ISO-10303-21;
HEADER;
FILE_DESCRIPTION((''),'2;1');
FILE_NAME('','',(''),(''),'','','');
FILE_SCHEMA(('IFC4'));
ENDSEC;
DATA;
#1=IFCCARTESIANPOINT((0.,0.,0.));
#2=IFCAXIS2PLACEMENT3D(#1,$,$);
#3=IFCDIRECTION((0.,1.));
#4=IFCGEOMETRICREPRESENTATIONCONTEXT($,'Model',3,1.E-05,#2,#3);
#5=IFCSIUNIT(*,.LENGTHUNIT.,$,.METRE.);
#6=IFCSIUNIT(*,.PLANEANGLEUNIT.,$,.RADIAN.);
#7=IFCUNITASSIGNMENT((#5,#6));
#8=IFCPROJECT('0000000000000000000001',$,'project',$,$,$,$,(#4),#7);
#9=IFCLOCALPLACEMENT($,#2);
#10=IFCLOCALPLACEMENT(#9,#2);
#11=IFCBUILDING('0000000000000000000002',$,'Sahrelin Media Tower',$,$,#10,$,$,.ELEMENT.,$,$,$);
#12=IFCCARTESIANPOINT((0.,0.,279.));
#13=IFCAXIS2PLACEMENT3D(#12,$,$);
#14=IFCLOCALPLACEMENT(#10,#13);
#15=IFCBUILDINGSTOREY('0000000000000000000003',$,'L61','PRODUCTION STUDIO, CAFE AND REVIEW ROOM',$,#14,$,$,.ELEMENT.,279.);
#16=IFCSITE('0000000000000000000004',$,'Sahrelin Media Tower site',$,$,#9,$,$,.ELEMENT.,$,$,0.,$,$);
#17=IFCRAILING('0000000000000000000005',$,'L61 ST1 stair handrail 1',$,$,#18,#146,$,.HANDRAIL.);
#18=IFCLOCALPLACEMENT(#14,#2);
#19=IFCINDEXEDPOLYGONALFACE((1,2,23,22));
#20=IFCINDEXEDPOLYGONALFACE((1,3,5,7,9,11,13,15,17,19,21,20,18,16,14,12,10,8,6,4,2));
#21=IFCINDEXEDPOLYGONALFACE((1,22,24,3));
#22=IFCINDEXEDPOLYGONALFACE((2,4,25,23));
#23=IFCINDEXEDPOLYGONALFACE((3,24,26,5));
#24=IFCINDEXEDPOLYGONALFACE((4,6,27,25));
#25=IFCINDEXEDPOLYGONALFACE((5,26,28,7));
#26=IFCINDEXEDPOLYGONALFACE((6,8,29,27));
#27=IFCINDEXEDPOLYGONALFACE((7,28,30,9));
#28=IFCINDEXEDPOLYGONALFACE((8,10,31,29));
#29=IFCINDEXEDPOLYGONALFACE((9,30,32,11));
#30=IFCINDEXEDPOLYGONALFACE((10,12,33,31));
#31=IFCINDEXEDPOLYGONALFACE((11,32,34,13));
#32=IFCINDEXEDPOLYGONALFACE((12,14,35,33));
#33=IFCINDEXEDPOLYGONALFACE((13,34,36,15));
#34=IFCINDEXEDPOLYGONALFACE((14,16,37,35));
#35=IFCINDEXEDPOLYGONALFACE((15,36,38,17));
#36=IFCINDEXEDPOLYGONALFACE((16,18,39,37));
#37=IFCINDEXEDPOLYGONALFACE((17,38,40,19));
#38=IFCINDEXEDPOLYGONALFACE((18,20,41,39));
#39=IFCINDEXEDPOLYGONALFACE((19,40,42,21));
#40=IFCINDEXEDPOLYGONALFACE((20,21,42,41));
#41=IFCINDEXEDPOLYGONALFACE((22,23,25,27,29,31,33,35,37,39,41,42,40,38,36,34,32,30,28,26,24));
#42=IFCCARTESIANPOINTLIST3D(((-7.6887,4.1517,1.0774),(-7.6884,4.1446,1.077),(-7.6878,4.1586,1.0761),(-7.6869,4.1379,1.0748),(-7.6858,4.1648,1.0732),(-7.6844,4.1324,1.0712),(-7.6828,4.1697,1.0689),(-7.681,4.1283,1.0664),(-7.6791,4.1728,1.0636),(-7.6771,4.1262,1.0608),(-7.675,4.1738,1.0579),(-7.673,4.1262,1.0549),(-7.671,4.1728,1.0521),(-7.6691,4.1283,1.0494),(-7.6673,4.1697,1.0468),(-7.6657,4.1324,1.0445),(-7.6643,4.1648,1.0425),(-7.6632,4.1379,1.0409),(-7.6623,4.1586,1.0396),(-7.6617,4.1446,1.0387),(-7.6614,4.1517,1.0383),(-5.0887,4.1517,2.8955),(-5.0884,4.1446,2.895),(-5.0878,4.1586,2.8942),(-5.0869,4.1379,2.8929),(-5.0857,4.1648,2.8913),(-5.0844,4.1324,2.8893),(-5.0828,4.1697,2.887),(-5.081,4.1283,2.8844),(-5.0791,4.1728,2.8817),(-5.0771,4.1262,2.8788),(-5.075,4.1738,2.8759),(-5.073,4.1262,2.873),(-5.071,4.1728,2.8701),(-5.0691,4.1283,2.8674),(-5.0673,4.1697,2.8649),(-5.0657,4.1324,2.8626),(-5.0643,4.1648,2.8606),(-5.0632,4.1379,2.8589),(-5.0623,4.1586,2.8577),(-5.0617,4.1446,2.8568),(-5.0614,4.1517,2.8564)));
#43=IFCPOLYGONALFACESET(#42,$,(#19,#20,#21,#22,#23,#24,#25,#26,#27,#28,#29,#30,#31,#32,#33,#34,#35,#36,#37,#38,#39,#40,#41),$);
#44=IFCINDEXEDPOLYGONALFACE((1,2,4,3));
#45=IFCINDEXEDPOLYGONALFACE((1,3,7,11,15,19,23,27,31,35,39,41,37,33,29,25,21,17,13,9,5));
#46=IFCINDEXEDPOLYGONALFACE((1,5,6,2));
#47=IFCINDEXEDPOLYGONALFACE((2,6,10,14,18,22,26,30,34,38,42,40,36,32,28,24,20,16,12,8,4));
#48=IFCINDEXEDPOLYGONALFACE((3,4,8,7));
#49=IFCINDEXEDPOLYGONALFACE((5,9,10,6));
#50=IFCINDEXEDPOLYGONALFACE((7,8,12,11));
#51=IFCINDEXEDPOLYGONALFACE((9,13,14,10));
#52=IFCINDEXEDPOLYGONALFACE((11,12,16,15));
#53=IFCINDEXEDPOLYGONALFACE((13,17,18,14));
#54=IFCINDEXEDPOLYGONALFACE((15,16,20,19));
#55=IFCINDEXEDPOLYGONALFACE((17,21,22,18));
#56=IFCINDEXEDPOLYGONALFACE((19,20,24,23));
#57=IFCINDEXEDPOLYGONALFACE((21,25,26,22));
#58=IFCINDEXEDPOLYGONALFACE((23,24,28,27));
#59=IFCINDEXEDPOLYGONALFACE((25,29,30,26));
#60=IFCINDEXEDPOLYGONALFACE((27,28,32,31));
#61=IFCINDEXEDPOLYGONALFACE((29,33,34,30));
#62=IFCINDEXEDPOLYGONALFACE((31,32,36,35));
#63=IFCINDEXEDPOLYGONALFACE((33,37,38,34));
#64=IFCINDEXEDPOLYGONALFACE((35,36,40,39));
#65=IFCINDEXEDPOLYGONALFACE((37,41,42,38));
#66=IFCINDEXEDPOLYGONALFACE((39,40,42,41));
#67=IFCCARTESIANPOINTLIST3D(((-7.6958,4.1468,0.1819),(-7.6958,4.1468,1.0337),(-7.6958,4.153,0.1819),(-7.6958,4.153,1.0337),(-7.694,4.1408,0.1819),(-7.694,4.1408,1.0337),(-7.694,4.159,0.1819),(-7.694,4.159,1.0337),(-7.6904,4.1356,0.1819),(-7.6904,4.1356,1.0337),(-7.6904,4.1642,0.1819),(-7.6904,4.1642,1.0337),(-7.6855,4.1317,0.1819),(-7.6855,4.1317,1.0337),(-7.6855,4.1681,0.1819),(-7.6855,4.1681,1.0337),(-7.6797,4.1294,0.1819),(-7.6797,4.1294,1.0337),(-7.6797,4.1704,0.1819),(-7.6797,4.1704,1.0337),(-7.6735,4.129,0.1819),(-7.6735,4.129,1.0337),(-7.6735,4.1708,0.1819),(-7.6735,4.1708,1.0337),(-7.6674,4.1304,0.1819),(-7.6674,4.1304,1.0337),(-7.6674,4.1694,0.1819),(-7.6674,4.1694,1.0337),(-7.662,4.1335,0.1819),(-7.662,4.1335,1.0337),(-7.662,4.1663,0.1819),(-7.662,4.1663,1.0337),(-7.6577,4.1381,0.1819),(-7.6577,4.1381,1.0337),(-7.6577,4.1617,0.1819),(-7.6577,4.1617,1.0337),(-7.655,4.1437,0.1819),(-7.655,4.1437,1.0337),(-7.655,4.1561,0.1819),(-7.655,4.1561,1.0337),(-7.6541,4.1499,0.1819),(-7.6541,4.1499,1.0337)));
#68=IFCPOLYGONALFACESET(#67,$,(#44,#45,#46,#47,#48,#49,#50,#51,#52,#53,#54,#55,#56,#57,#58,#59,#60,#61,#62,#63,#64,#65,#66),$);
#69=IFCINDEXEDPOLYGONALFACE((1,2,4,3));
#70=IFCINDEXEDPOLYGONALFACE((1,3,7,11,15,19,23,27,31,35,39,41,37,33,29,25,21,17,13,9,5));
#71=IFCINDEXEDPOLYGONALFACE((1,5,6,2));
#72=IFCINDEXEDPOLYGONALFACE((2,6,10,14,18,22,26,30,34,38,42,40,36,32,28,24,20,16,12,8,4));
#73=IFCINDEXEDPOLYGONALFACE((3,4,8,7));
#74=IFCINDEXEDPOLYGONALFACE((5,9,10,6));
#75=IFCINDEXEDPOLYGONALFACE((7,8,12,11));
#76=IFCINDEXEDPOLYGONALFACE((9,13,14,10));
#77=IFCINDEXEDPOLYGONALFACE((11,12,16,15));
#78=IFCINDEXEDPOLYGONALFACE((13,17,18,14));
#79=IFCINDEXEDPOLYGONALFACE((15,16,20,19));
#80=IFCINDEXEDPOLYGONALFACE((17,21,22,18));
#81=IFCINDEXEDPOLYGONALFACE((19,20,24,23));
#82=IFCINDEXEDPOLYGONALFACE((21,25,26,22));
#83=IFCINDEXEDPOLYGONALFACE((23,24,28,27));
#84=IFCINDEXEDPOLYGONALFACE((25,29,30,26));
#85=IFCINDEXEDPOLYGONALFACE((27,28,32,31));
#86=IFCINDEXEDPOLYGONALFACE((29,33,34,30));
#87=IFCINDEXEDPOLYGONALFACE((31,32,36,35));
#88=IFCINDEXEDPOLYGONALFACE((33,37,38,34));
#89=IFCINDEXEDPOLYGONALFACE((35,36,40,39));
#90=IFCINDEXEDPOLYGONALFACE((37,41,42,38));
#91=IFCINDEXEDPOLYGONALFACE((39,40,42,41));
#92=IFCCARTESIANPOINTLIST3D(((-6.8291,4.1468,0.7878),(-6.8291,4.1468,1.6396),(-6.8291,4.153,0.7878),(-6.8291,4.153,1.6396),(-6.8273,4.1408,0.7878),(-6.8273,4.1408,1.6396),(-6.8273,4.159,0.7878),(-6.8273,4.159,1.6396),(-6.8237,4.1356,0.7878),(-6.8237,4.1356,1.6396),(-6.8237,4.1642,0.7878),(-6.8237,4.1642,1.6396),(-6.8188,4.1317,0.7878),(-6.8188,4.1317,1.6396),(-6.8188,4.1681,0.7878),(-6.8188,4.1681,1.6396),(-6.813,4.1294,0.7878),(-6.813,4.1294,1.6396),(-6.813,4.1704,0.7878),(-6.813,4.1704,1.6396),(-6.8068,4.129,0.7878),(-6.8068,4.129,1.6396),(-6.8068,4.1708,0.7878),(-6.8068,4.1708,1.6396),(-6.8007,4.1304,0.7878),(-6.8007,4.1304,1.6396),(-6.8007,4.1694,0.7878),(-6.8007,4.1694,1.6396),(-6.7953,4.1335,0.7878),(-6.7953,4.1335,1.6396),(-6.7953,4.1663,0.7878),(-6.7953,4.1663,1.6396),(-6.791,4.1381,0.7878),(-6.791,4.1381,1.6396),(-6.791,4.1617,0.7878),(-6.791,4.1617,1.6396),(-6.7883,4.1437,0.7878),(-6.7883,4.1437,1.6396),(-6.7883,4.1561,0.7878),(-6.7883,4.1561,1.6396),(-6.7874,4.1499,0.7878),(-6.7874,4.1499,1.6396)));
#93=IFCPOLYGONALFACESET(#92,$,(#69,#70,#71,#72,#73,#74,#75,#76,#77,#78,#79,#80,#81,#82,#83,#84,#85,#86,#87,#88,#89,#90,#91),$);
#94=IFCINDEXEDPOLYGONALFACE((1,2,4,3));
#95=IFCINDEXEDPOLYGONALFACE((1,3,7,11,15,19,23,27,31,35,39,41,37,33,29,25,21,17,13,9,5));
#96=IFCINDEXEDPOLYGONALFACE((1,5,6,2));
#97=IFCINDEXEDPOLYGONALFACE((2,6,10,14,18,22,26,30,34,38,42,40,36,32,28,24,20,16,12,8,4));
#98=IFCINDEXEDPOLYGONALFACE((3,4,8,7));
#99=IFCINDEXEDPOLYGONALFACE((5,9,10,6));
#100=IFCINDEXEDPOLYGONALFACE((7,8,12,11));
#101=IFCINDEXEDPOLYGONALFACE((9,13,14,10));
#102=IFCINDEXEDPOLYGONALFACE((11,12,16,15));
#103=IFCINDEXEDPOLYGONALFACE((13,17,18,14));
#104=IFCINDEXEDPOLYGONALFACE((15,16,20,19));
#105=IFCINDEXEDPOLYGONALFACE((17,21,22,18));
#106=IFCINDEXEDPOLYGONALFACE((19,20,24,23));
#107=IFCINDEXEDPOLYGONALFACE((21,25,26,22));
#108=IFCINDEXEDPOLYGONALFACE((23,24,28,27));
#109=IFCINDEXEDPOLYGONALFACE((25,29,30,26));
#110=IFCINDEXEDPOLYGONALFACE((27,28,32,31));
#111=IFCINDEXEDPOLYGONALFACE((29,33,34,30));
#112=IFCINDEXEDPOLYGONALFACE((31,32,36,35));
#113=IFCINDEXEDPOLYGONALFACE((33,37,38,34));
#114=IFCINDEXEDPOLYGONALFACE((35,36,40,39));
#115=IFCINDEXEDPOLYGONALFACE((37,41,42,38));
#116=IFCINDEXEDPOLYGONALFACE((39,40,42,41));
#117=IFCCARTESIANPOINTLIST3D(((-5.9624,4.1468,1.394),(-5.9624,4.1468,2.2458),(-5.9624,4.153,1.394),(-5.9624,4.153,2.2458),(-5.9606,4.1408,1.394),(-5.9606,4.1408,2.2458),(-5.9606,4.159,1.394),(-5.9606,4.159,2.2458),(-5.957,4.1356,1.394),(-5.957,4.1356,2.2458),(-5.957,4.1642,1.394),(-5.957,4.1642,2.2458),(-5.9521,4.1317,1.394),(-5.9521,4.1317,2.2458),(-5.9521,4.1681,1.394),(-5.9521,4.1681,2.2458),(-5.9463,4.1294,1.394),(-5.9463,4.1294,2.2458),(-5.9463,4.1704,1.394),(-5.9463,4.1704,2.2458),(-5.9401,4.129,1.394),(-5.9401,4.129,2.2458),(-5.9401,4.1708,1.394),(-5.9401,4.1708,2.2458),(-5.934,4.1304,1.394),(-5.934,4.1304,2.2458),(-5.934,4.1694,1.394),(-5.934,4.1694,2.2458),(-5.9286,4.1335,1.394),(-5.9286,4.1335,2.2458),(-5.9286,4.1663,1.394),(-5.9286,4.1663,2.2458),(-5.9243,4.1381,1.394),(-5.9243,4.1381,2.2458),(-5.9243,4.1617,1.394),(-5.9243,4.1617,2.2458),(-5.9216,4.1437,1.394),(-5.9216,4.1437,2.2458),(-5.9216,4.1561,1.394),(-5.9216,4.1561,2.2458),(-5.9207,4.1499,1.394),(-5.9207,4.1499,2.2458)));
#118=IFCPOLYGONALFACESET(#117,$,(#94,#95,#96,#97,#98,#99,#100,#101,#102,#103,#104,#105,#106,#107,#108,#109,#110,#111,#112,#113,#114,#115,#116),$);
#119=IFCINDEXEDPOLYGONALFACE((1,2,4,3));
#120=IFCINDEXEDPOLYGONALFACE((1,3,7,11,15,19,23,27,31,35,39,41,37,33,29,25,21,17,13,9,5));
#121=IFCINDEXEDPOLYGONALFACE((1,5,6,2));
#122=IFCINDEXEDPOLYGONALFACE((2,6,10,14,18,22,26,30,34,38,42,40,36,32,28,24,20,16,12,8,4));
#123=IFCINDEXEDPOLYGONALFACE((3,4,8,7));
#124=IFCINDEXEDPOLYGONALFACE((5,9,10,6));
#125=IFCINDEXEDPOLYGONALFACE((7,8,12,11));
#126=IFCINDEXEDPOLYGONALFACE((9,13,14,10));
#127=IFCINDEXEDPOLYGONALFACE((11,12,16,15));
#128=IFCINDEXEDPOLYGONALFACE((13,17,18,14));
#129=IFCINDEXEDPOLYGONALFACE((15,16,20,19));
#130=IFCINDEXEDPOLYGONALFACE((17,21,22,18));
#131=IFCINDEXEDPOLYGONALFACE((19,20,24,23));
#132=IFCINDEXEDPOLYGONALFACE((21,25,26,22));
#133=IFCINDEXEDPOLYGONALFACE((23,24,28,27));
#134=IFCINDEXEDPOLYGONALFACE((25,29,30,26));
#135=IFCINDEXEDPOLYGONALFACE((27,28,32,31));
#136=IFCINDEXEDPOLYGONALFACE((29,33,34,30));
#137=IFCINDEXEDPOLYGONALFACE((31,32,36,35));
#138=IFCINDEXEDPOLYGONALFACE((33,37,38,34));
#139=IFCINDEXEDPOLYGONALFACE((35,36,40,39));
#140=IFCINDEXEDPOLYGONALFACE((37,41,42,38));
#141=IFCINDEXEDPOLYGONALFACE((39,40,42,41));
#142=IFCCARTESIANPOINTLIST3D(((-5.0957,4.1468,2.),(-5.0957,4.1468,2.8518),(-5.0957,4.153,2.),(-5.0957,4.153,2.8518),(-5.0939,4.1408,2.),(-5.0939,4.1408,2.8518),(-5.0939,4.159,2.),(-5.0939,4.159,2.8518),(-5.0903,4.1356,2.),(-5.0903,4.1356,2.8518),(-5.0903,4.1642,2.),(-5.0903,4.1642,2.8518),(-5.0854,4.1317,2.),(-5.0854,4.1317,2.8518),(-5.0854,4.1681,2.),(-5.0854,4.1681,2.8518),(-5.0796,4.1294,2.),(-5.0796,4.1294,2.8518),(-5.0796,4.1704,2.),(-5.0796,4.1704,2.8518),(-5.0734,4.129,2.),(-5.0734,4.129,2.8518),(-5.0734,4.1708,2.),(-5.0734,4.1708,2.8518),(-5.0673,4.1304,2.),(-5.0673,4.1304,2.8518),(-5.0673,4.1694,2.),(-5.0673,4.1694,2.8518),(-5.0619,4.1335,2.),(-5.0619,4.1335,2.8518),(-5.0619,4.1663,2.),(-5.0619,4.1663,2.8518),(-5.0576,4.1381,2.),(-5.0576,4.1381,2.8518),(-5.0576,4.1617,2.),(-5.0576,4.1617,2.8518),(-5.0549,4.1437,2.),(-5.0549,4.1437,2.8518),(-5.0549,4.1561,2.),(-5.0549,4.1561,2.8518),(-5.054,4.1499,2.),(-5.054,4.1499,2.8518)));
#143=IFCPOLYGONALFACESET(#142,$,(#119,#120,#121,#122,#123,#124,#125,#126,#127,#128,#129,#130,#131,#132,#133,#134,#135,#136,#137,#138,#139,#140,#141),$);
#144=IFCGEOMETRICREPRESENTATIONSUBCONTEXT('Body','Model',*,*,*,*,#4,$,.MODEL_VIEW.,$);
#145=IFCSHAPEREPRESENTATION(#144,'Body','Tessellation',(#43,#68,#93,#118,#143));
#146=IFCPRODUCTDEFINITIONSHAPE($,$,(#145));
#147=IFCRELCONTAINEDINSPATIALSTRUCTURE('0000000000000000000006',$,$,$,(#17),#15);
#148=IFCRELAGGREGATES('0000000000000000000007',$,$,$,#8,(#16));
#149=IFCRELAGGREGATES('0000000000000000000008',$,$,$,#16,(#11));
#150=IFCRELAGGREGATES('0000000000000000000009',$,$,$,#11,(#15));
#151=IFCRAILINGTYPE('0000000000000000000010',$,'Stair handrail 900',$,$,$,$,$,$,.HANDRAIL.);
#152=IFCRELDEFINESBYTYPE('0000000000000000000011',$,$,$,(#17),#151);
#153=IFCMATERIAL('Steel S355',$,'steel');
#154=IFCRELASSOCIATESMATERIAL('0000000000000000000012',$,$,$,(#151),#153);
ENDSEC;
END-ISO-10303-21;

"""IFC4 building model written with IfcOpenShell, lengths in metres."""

from ifc_helpers import new_model, si_unit, direction, frame, origin, origin_2d, place, context, subcontext, project, spatial, circle, extrude, material, type_object, element, save


model = new_model("IFC4")

# Units and contexts
model_context = context("Model", 3, precision=1e-05, world=origin(), true_north=direction((0.0, 1.0)))
body_context = subcontext(model_context, "Body", "Model", "MODEL_VIEW")
ifc_project = project(units=[si_unit("LENGTHUNIT", "METRE"), si_unit("PLANEANGLEUNIT", "RADIAN")], contexts=[model_context])

# Site, building, storey
site_placement = place(None, origin())
site = spatial("IfcSite", under=ifc_project, at=site_placement, Name="Sahrelin Media Tower site", CompositionType="ELEMENT", RefElevation=0.0)
building_placement = place(site_placement, origin())
building = spatial("IfcBuilding", under=site, at=building_placement, Name="Sahrelin Media Tower", CompositionType="ELEMENT")
storey_placement = place(building_placement, frame((0.0, 0.0, 279.0)))
storey = spatial("IfcBuildingStorey", under=building, at=storey_placement, Name="L61", Description="PRODUCTION STUDIO, CAFE AND REVIEW ROOM", CompositionType="ELEMENT", Elevation=279.0)

# Shared definitions
ifc_material_1 = material(Name="Steel S355", Category="steel")

# Railing
railing_type_1 = type_object("IfcRailingType", Name="Stair handrail 900", PredefinedType="HANDRAIL", material=ifc_material_1)
railing_1_placement = place(storey_placement, frame((-7.675, 4.1499, 0.1819)))
element("IfcRailing", 1, at=railing_1_placement, inside=storey, type_object=railing_type_1, Name="L61 ST1 stair handrail 1", PredefinedType="HANDRAIL", context=body_context, shape_type="SweptSolid", body=[
    extrude(circle(Radius=0.0239, at=origin_2d()), frame((0.0, 0.0, 0.876), z_axis=(0.819521, 0.0, 0.573049), x_axis=(0.0, 1.0, 0.0)), (0.0, 0.0, 1.0), 3.1726),
    extrude(circle(Radius=0.021, at=origin_2d()), origin(), (0.0, 0.0, 1.0), 0.8518),
    extrude(circle(Radius=0.021, at=origin_2d()), frame((0.8667, 0.0, 0.606)), (0.0, 0.0, 1.0), 0.8518),
    extrude(circle(Radius=0.021, at=origin_2d()), frame((1.7334, 0.0, 1.2122)), (0.0, 0.0, 1.0), 0.8518),
    extrude(circle(Radius=0.021, at=origin_2d()), frame((2.6001, 0.0, 1.8181)), (0.0, 0.0, 1.0), 0.8518),
])

save(model, "model.ifc")
